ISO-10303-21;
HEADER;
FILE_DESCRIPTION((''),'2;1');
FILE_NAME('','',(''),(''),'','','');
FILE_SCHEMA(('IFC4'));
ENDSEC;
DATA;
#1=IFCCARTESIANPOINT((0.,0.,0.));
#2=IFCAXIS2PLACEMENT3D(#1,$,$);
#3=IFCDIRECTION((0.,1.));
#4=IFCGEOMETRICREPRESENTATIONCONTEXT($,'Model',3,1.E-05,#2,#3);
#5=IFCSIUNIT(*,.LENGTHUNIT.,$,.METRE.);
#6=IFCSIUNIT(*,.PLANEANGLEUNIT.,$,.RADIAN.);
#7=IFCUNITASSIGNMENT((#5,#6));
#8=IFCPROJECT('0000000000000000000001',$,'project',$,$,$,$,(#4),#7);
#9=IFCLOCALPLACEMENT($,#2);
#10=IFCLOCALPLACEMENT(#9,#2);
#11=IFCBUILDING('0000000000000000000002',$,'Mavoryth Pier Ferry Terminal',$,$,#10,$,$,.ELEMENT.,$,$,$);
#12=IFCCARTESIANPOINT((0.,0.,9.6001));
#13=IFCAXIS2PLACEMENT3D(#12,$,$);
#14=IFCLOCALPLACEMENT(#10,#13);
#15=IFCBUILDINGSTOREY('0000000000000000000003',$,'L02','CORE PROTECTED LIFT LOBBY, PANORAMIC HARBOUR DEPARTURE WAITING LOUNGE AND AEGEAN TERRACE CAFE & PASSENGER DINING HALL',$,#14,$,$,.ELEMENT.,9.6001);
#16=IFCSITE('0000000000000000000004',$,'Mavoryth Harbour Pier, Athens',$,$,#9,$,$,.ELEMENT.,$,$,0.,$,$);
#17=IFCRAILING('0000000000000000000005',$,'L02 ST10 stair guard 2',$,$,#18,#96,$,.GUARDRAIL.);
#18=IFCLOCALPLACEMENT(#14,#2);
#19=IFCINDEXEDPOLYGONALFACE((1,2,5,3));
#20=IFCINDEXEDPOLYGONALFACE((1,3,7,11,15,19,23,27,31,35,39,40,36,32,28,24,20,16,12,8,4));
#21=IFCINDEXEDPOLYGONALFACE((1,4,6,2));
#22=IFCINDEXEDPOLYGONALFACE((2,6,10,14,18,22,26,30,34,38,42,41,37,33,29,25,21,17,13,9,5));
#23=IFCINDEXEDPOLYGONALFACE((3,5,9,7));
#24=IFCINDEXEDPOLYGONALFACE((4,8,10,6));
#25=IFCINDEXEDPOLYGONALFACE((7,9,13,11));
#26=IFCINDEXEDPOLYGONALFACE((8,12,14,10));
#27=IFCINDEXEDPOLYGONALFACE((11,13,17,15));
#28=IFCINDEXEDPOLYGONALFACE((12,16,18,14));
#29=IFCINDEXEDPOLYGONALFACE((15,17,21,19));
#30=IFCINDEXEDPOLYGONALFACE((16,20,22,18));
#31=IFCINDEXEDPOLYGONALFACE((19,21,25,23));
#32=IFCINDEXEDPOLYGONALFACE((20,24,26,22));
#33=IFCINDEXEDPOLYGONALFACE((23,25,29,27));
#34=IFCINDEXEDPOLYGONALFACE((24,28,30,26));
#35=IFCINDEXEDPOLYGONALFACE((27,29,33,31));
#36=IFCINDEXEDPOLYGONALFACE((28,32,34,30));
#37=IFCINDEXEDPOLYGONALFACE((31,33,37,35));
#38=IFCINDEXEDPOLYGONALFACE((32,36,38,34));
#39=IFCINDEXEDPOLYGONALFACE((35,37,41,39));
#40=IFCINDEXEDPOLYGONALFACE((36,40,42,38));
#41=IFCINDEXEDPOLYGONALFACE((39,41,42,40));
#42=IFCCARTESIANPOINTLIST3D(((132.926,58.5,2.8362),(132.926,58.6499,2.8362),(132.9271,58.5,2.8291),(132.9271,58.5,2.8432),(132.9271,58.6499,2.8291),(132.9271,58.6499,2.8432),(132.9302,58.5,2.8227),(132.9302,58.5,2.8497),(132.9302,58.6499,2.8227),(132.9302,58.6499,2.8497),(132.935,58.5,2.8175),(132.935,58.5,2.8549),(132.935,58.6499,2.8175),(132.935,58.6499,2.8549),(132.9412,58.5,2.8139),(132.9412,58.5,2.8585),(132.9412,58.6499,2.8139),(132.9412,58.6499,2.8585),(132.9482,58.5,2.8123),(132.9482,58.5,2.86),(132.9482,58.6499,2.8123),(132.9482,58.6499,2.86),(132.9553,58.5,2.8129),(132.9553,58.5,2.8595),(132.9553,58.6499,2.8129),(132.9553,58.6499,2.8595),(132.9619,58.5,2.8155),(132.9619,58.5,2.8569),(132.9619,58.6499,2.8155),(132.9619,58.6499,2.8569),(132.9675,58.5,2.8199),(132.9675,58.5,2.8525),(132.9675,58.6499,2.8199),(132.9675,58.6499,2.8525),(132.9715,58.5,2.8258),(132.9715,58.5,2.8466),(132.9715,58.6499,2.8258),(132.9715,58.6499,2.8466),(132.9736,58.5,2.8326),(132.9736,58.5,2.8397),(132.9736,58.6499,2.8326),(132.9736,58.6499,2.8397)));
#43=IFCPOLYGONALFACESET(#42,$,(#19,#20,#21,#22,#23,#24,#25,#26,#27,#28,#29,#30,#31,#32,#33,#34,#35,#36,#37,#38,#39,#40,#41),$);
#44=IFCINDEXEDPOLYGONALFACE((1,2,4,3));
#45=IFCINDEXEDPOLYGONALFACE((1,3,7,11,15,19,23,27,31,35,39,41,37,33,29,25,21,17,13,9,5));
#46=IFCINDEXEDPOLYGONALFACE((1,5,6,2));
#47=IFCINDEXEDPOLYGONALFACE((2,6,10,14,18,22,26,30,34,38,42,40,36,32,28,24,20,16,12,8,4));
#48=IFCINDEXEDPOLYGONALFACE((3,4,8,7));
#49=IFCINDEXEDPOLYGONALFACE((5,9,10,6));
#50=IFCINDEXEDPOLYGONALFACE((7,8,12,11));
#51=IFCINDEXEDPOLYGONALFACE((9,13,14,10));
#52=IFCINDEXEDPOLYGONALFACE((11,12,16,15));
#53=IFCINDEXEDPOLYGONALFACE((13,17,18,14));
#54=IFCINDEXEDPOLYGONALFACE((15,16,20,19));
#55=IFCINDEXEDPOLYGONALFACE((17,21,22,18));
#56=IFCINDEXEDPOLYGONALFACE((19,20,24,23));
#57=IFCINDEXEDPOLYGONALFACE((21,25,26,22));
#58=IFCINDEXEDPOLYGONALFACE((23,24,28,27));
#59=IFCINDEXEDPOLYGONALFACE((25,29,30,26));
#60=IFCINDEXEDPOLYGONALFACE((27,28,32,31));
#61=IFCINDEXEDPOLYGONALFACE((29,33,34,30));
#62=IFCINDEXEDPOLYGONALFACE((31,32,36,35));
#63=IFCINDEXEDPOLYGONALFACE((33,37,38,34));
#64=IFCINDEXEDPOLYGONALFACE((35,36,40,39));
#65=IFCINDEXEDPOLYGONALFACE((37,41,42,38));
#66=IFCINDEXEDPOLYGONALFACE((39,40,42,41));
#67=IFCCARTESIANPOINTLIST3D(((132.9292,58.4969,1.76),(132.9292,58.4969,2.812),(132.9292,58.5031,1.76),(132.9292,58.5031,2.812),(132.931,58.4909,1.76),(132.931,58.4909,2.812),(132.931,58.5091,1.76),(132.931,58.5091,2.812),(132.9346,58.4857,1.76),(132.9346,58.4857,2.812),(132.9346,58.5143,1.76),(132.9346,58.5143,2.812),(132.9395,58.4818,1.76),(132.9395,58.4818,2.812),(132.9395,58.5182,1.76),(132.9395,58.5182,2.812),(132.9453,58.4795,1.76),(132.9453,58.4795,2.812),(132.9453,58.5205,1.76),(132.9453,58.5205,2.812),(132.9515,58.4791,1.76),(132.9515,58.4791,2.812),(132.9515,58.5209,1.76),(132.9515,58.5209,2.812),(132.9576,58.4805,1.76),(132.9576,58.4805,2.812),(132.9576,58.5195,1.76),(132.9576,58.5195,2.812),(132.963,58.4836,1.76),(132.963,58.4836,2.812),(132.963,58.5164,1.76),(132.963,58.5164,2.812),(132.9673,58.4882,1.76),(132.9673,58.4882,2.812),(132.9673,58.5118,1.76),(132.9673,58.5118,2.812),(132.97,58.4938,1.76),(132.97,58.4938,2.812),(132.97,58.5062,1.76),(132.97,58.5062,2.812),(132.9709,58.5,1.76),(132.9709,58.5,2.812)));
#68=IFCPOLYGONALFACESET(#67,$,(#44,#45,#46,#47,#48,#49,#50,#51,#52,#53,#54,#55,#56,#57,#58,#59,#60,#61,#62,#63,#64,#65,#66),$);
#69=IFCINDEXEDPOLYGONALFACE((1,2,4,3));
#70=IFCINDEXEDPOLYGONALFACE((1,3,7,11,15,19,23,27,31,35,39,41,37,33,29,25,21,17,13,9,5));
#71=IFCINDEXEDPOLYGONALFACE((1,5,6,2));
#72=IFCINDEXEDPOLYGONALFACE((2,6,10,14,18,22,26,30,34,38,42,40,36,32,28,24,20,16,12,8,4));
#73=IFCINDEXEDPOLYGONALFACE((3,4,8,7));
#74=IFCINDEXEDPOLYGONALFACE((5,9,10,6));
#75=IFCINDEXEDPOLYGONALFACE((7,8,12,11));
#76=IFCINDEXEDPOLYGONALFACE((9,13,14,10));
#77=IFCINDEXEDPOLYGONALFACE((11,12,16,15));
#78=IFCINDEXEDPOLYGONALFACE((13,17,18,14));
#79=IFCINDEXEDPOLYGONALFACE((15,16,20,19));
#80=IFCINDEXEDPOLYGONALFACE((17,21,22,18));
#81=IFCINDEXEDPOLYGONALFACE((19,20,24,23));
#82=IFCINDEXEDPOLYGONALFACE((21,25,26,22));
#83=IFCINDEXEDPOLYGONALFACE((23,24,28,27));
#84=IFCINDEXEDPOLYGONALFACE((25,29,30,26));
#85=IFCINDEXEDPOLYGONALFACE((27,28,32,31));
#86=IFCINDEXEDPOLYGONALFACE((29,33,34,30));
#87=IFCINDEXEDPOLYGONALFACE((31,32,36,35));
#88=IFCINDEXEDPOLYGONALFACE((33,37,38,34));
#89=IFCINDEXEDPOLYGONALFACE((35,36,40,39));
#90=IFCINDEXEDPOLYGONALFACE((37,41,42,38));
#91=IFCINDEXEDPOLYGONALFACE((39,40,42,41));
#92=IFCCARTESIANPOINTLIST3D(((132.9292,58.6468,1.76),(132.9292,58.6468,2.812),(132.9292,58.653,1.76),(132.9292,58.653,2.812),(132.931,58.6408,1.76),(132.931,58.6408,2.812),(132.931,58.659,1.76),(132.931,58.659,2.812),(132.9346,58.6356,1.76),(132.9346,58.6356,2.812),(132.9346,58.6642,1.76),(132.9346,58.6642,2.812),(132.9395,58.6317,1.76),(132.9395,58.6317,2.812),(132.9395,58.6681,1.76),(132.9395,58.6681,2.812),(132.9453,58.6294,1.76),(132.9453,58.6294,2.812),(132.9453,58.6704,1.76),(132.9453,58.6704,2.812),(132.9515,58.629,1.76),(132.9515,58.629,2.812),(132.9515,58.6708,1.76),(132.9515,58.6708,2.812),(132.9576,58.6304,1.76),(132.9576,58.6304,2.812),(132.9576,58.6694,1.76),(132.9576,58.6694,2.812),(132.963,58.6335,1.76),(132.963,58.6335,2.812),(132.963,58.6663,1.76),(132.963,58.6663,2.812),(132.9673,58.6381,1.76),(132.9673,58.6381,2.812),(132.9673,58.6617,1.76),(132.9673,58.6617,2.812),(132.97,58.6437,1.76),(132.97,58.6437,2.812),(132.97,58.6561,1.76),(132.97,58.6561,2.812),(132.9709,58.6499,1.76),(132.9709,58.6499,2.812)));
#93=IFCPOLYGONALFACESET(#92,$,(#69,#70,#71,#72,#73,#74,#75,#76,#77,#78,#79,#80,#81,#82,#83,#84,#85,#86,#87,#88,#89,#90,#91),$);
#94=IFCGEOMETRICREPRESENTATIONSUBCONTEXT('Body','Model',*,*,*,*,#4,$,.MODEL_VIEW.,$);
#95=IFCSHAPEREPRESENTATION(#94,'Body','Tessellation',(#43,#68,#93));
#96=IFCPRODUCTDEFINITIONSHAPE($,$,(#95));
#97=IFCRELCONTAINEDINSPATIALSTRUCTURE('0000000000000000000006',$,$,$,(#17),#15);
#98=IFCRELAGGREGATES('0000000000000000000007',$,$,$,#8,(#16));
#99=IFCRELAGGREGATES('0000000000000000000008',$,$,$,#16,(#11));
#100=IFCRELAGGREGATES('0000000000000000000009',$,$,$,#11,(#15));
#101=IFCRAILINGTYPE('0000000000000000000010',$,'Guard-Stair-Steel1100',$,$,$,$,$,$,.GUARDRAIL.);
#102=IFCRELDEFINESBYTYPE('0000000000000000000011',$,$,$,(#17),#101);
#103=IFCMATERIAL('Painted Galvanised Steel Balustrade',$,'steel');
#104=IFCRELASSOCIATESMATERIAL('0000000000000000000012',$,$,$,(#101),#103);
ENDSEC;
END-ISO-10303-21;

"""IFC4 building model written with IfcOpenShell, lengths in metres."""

from ifc_helpers import new_model, si_unit, direction, frame, origin, origin_2d, place, context, subcontext, project, spatial, circle, extrude, material, type_object, element, save


model = new_model("IFC4")

# Units and contexts
model_context = context("Model", 3, precision=1e-05, world=origin(), true_north=direction((0.0, 1.0)))
body_context = subcontext(model_context, "Body", "Model", "MODEL_VIEW")
ifc_project = project(units=[si_unit("LENGTHUNIT", "METRE"), si_unit("PLANEANGLEUNIT", "RADIAN")], contexts=[model_context])

# Site, building, storey
site_placement = place(None, origin())
site = spatial("IfcSite", under=ifc_project, at=site_placement, Name="Mavoryth Harbour Pier, Athens", CompositionType="ELEMENT", RefElevation=0.0)
building_placement = place(site_placement, origin())
building = spatial("IfcBuilding", under=site, at=building_placement, Name="Mavoryth Pier Ferry Terminal", CompositionType="ELEMENT")
storey_placement = place(building_placement, frame((0.0, 0.0, 9.6001)))
storey = spatial("IfcBuildingStorey", under=building, at=storey_placement, Name="L02", Description="CORE PROTECTED LIFT LOBBY, PANORAMIC HARBOUR DEPARTURE WAITING LOUNGE AND AEGEAN TERRACE CAFE & PASSENGER DINING HALL", CompositionType="ELEMENT", Elevation=9.6001)

# Railing
ifc_material_1 = material(Name="Painted Galvanised Steel Balustrade", Category="steel")
railing_type_1 = type_object("IfcRailingType", Name="Guard-Stair-Steel1100", PredefinedType="GUARDRAIL", material=ifc_material_1)
railing_1_placement = place(storey_placement, frame((132.95, 58.5, 1.76)))
element("IfcRailing", 1, at=railing_1_placement, inside=storey, type_object=railing_type_1, Name="L02 ST10 stair guard 2", PredefinedType="GUARDRAIL", context=body_context, shape_type="SweptSolid", body=[
    extrude(circle(Radius=0.0239, at=origin_2d()), frame((0.0, 0.0, 1.0762), z_axis=(0.0, 1.0, 0.0), x_axis=(-1.0, 0.0, 0.0)), (0.0, 0.0, 1.0), 0.1499),
    extrude(circle(Radius=0.021, at=origin_2d()), origin(), (0.0, 0.0, 1.0), 1.052),
    extrude(circle(Radius=0.021, at=origin_2d()), frame((0.0, 0.1499, 0.0)), (0.0, 0.0, 1.0), 1.052),
])

save(model, "model.ifc")
